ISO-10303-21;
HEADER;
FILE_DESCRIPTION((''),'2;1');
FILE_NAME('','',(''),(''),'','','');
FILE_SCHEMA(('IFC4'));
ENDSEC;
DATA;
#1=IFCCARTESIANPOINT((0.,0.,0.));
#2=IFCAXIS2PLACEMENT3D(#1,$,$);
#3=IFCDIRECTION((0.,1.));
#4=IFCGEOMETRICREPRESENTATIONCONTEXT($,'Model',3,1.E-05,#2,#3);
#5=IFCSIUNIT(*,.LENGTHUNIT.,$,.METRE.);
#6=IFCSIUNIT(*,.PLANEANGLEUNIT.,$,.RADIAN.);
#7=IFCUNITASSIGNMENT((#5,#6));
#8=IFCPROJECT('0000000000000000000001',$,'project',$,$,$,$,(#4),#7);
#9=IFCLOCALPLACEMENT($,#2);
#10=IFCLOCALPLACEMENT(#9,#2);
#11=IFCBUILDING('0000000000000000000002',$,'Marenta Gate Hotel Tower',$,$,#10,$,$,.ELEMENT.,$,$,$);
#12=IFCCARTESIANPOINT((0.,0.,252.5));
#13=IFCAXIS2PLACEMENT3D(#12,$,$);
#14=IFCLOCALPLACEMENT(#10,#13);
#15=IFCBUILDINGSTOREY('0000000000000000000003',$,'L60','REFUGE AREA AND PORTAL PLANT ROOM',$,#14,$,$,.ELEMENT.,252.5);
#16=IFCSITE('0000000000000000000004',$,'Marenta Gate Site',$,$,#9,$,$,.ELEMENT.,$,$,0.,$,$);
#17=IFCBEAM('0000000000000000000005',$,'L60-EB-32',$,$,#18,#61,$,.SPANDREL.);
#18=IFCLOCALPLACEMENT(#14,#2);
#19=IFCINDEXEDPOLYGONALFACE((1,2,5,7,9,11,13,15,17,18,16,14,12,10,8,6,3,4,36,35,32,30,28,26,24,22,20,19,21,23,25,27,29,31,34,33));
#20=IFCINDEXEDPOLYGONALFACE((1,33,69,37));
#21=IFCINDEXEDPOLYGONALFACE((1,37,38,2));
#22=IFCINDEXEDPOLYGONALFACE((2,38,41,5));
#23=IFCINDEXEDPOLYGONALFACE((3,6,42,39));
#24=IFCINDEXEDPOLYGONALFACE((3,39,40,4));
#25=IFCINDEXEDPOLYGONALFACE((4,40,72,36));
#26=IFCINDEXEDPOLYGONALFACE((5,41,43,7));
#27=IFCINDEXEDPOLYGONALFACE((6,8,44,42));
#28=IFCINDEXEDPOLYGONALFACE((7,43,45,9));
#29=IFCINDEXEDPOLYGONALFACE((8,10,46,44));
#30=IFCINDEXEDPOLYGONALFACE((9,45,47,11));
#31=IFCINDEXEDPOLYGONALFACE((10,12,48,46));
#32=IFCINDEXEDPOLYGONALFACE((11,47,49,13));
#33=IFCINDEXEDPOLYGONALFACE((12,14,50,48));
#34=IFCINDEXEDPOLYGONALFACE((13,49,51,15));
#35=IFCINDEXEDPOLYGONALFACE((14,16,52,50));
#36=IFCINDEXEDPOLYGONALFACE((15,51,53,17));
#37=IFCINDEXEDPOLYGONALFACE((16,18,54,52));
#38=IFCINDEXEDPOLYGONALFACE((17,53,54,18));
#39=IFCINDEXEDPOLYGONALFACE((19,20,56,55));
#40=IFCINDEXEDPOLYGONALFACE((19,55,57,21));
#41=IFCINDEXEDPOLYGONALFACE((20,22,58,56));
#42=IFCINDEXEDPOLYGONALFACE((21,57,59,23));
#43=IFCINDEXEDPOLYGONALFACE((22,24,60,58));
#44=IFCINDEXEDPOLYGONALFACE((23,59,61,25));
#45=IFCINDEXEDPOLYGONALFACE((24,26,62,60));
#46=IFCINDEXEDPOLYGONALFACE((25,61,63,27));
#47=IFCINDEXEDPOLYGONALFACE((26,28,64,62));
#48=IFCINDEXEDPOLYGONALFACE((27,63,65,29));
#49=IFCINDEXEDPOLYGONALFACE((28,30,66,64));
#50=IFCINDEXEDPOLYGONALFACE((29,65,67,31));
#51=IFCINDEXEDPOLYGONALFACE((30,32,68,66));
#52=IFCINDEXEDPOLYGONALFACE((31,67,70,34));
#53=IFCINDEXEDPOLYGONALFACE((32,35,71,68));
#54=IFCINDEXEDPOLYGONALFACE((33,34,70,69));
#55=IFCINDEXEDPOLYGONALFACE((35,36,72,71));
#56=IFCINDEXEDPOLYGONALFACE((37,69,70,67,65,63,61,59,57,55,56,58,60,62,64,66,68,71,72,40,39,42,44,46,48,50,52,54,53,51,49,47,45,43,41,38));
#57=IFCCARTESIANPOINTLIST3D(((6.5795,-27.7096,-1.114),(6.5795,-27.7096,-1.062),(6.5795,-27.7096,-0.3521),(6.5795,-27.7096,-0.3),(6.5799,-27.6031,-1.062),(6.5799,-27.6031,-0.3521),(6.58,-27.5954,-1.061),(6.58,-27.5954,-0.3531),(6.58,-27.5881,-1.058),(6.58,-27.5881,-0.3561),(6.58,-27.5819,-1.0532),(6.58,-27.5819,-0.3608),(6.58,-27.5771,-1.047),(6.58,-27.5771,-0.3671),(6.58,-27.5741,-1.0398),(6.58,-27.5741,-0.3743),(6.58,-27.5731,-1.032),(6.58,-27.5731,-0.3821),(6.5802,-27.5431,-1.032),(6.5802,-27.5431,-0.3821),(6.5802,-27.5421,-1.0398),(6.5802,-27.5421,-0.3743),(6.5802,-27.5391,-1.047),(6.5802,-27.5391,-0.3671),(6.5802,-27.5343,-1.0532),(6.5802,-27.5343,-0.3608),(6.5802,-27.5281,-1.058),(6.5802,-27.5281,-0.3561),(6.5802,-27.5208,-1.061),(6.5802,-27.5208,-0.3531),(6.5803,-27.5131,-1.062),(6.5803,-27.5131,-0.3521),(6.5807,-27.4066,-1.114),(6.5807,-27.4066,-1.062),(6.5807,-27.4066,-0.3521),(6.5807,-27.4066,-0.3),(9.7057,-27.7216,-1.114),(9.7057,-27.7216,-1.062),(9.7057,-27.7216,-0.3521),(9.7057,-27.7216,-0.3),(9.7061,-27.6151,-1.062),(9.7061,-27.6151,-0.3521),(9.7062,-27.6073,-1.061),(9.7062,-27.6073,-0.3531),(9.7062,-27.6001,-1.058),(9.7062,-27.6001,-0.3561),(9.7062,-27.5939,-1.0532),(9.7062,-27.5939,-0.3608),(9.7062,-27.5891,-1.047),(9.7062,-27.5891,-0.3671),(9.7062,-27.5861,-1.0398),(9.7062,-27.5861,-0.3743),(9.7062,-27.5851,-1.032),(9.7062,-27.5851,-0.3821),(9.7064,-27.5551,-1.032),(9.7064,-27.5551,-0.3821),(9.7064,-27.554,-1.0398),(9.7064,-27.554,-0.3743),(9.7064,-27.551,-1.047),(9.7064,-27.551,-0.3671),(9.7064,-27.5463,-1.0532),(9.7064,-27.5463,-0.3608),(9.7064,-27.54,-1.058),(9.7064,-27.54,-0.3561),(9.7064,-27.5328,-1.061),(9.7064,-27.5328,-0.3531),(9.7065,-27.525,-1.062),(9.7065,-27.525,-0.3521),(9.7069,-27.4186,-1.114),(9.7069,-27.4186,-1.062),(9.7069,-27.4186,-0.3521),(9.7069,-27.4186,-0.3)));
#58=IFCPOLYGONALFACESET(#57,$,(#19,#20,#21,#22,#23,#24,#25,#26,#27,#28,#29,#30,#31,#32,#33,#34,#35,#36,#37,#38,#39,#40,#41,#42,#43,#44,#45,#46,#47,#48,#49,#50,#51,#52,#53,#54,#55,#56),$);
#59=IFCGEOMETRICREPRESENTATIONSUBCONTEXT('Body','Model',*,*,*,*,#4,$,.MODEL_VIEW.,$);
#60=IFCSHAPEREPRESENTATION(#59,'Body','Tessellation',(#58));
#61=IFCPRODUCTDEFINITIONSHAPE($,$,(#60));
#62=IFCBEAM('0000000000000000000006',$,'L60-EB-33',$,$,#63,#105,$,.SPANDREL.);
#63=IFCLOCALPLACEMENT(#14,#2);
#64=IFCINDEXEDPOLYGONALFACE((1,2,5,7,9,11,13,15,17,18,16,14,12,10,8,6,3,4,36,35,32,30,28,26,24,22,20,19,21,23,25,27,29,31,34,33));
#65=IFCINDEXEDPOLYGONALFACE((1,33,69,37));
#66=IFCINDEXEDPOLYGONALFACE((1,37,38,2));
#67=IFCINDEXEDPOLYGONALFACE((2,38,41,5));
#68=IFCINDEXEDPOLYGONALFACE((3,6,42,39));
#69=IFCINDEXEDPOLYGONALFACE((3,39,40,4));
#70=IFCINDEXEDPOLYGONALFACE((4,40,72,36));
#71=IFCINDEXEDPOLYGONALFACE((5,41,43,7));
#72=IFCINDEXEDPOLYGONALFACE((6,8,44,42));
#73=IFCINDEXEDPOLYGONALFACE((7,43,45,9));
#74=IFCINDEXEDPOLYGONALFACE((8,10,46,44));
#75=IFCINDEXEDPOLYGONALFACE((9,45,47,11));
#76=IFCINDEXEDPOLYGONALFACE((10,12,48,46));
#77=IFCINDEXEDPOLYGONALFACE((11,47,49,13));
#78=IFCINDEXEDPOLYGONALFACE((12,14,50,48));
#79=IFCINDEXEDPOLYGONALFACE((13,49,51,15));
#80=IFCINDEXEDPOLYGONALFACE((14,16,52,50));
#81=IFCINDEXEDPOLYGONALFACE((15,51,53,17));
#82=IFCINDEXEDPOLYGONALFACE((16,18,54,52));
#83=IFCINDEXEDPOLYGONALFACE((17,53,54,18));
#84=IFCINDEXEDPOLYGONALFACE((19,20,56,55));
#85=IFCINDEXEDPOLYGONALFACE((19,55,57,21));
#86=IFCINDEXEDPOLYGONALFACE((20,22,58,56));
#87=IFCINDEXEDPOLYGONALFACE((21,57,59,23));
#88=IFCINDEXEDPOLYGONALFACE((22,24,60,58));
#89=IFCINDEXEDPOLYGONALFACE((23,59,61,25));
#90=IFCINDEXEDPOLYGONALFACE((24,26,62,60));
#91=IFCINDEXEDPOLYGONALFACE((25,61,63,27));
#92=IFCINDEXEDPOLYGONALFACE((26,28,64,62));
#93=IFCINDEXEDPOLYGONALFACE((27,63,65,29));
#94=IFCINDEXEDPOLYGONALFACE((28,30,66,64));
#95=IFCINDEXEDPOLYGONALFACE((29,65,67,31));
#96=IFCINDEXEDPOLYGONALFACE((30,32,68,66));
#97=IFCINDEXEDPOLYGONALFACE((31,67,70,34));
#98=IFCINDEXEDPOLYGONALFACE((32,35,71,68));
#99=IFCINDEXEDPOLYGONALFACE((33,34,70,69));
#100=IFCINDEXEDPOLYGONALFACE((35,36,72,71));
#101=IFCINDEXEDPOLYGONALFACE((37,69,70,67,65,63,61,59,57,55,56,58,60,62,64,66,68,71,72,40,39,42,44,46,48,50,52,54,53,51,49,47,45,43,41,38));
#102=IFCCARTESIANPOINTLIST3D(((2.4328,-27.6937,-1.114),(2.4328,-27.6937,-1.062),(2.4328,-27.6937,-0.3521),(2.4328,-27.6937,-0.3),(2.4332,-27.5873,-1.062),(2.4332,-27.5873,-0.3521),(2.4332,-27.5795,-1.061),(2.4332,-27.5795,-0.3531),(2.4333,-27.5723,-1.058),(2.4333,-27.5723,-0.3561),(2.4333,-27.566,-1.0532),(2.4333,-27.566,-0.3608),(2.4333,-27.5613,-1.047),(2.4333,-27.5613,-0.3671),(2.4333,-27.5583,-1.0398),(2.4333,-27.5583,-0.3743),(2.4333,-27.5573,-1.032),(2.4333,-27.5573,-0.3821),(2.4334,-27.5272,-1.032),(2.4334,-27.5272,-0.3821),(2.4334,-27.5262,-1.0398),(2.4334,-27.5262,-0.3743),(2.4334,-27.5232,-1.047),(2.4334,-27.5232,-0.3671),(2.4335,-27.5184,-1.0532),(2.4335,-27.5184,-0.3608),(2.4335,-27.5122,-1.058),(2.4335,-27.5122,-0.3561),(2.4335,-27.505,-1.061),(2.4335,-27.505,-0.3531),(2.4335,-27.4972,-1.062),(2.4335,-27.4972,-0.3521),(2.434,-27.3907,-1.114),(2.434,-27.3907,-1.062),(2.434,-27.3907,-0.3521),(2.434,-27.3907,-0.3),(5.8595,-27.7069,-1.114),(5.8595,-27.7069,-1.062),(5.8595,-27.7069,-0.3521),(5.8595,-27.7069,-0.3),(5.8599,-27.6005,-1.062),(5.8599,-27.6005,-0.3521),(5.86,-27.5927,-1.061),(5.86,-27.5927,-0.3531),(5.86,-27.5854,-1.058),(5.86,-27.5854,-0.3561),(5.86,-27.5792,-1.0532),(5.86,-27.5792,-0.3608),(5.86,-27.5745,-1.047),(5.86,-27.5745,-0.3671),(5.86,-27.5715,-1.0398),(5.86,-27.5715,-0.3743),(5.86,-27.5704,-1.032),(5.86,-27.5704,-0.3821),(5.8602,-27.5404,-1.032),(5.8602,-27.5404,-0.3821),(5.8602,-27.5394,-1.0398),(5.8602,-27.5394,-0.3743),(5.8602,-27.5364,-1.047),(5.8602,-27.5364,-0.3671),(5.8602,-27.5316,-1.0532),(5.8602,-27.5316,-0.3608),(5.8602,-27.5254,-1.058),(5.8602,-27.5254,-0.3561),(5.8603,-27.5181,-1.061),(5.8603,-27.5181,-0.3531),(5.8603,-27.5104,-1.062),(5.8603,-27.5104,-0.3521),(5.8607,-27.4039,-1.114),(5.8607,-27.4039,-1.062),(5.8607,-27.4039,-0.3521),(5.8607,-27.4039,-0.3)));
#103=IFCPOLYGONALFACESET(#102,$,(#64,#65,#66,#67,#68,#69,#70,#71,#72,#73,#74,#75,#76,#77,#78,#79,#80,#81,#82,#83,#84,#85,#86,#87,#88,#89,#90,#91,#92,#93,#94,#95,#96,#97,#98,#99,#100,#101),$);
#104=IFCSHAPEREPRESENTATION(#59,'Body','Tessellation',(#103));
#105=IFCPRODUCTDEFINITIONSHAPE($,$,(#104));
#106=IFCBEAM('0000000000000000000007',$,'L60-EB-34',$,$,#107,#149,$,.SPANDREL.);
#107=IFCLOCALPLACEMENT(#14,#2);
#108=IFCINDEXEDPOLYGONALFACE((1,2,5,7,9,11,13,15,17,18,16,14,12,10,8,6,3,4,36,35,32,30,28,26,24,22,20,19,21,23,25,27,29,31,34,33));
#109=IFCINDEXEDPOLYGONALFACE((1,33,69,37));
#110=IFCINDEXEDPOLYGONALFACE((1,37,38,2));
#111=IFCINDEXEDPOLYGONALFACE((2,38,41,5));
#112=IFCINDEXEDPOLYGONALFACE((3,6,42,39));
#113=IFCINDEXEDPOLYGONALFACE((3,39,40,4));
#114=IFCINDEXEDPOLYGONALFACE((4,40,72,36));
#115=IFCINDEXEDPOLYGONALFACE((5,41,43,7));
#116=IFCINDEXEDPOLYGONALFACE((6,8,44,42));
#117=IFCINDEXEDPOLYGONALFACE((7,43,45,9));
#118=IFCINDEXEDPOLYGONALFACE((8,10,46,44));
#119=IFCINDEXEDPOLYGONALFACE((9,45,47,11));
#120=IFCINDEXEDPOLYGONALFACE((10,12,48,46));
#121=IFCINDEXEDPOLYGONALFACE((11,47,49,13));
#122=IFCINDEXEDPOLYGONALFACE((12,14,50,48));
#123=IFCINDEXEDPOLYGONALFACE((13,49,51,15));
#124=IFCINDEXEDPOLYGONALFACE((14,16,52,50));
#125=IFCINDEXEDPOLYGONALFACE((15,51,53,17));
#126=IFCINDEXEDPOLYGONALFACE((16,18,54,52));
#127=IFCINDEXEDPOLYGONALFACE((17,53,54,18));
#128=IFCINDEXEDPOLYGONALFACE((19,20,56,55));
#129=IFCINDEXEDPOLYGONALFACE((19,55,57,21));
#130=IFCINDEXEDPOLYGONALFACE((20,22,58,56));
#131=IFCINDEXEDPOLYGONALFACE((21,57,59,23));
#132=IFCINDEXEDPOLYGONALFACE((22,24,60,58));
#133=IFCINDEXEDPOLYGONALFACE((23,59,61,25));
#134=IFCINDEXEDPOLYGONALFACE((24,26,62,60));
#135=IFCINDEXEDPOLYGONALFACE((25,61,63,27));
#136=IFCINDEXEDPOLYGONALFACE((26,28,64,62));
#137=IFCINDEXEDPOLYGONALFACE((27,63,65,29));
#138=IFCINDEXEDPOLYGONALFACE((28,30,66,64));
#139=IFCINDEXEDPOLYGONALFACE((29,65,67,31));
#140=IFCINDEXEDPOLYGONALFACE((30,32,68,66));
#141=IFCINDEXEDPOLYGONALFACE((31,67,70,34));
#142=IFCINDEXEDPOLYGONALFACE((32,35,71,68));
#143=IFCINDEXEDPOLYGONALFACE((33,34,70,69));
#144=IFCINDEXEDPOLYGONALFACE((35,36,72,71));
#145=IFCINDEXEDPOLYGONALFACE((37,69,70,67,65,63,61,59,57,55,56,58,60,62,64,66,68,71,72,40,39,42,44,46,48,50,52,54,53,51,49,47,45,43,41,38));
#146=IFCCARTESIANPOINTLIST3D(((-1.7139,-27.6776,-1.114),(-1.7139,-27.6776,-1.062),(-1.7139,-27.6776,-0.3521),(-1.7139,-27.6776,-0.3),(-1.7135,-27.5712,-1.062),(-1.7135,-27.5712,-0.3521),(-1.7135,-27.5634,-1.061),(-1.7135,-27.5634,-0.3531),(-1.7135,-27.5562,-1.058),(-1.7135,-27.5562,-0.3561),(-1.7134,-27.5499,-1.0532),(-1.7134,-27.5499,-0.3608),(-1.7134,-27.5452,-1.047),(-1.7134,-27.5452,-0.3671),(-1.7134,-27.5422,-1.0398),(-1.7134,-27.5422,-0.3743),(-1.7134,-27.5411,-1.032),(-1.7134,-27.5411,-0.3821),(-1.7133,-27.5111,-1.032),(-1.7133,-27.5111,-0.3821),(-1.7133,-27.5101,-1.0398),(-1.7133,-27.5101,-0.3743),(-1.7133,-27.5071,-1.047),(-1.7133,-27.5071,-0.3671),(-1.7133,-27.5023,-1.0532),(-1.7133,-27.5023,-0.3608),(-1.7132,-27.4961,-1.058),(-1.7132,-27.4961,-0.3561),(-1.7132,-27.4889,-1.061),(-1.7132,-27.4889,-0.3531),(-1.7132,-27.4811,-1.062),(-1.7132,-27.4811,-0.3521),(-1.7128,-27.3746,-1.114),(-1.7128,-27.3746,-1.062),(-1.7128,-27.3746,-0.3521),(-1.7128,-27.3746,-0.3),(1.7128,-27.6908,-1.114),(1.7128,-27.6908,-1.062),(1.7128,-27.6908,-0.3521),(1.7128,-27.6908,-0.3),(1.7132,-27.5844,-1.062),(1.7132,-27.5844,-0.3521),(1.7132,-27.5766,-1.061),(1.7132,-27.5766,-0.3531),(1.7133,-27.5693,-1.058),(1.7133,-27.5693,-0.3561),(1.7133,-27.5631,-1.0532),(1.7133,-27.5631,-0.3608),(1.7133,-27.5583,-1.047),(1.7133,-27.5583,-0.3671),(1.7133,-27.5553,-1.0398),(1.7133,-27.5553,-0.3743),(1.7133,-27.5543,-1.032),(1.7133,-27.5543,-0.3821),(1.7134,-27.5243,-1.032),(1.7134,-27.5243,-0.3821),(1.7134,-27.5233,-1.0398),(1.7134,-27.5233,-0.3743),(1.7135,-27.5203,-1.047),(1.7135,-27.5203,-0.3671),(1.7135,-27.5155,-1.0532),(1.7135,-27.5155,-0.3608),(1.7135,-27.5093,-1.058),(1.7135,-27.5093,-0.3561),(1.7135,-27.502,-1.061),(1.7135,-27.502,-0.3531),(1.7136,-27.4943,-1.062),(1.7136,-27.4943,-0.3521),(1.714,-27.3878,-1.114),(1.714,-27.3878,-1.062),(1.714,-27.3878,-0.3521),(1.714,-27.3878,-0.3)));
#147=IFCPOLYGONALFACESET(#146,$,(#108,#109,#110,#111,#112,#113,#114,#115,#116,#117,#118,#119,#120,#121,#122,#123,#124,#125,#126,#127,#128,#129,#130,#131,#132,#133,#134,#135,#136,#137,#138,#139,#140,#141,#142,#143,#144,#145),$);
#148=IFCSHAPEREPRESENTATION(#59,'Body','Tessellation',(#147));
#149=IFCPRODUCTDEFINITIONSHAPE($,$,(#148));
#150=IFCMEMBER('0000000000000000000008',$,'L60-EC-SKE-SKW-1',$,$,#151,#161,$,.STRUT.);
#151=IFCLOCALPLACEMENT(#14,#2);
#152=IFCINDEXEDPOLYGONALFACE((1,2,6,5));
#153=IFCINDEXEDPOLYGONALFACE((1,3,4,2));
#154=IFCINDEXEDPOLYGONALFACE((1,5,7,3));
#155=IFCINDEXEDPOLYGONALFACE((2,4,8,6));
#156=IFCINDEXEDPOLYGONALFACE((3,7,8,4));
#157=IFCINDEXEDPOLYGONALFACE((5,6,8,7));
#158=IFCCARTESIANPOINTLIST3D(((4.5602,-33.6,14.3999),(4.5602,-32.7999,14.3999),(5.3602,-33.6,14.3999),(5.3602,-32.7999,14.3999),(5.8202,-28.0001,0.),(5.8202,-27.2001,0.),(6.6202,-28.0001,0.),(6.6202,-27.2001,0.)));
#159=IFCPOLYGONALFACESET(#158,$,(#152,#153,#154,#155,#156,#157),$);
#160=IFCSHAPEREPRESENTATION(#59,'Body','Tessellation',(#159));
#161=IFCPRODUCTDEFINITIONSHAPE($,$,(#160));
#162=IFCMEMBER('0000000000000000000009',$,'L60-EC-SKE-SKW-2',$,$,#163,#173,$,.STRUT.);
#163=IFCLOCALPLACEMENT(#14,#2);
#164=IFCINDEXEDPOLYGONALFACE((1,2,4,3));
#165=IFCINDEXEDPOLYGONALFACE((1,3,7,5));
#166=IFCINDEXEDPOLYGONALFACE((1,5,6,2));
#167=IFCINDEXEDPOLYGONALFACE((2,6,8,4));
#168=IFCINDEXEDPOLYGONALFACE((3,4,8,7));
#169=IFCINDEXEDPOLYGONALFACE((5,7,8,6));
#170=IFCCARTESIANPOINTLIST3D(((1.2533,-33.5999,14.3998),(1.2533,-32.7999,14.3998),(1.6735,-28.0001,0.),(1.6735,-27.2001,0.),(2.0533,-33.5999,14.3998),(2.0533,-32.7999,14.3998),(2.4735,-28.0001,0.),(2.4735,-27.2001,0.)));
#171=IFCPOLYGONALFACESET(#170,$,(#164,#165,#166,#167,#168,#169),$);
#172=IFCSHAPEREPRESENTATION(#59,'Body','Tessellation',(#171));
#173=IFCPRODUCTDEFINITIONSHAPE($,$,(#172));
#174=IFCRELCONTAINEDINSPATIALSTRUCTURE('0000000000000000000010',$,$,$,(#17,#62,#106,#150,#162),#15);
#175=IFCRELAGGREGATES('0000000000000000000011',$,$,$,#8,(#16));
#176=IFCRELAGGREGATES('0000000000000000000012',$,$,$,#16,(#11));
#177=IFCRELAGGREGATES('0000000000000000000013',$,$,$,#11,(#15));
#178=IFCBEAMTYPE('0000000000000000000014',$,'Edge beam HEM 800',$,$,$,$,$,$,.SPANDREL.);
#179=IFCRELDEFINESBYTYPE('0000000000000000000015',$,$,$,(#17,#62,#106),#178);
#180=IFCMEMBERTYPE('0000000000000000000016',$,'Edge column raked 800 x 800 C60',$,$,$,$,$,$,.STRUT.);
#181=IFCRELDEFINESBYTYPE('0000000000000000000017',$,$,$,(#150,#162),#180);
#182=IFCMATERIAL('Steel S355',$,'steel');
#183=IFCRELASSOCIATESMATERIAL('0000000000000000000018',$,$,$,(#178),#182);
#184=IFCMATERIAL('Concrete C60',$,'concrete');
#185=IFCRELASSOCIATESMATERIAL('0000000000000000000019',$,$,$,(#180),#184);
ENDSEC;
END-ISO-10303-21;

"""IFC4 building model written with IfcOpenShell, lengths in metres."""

from ifc_helpers import new_model, si_unit, direction, frame, origin, origin_2d, place, context, subcontext, project, spatial, rectangle, i_section, extrude, material, material_profile, profile_set, type_object, element, save


model = new_model("IFC4")

# Units and contexts
model_context = context("Model", 3, precision=1e-05, world=origin(), true_north=direction((0.0, 1.0)))
body_context = subcontext(model_context, "Body", "Model", "MODEL_VIEW")
ifc_project = project(units=[si_unit("LENGTHUNIT", "METRE"), si_unit("PLANEANGLEUNIT", "RADIAN")], contexts=[model_context])

# Site, building, storey
site_placement = place(None, origin())
site = spatial("IfcSite", under=ifc_project, at=site_placement, Name="Marenta Gate Site", CompositionType="ELEMENT", RefElevation=0.0)
building_placement = place(site_placement, origin())
building = spatial("IfcBuilding", under=site, at=building_placement, Name="Marenta Gate Hotel Tower", CompositionType="ELEMENT")
storey_placement = place(building_placement, frame((0.0, 0.0, 252.5)))
storey = spatial("IfcBuildingStorey", under=building, at=storey_placement, Name="L60", Description="REFUGE AREA AND PORTAL PLANT ROOM", CompositionType="ELEMENT", Elevation=252.5)

# Beams
ifc_material_1 = material(Name="Steel S355", Category="steel")
ifc_material_profile_1 = material_profile(ifc_material_1, i_section(OverallWidth=0.303, OverallDepth=0.814, WebThickness=0.03, FlangeThickness=0.052, FilletRadius=0.03, at=origin_2d()), Name="HEM 800")
ifc_profile_set_1 = profile_set([ifc_material_profile_1], Name="Steel S355")
beam_type_1 = type_object("IfcBeamType", Name="Edge beam HEM 800", PredefinedType="SPANDREL", material=ifc_profile_set_1)
beam_1_placement = place(storey_placement, frame((9.7063, -27.5701, -0.707), z_axis=(-0.999993, 0.003827, 0.0), x_axis=(-0.003827, -0.999993, 0.0)))
element("IfcBeam", 1, at=beam_1_placement, inside=storey, type_object=beam_type_1, Name="L60-EB-32", PredefinedType="SPANDREL", context=body_context, shape_type="SweptSolid", body=[
    extrude(i_section(OverallWidth=0.303, OverallDepth=0.814, WebThickness=0.03, FlangeThickness=0.052, FilletRadius=0.03, at=origin_2d()), origin(), (0.0, 0.0, 1.0), 3.1262),
])
for number, where, z_axis, x_axis, name in (
    (2, (5.8601, -27.5554, -0.707), (-0.999993, 0.003847, 0.0), (-0.003847, -0.999993, 0.0), "L60-EB-33"),
    (3, (1.7134, -27.5393, -0.707), (-0.999993, 0.003847, 0.0), (-0.003847, -0.999993, 0.0), "L60-EB-34"),
):
    element("IfcBeam", number, at=place(storey_placement, frame(where, z_axis=z_axis, x_axis=x_axis)), inside=storey, type_object=beam_type_1, Name=name, PredefinedType="SPANDREL", context=body_context, shape_type="SweptSolid", body=[
        extrude(i_section(OverallWidth=0.303, OverallDepth=0.814, WebThickness=0.03, FlangeThickness=0.052, FilletRadius=0.03, at=origin_2d()), origin(), (0.0, 0.0, 1.0), 3.4268),
    ])

# Members
ifc_material_2 = material(Name="Concrete C60", Category="concrete")
ifc_material_profile_2 = material_profile(ifc_material_2, rectangle(XDim=0.8, YDim=0.8, at=origin_2d()), Name="800 x 800")
ifc_profile_set_2 = profile_set([ifc_material_profile_2], Name="Concrete C60")
member_type_1 = type_object("IfcMemberType", Name="Edge column raked 800 x 800 C60", PredefinedType="STRUT", material=ifc_profile_set_2)
member_1_placement = place(storey_placement, frame((6.2202, -27.6001, 0.0), z_axis=(0.0, 0.0, 1.0), x_axis=(1.0, 0.0, 0.0)))
element("IfcMember", 4, at=member_1_placement, inside=storey, type_object=member_type_1, Name="L60-EC-SKE-SKW-1", PredefinedType="STRUT", context=body_context, shape_type="SweptSolid", body=[
    extrude(rectangle(XDim=0.8, YDim=0.8, at=origin_2d()), origin(), (-0.081282, -0.361241, 0.928923), 15.5017),
])
member_2_placement = place(storey_placement, frame((2.0735, -27.6001, 0.0), z_axis=(0.0, 0.0, 1.0), x_axis=(1.0, 0.0, 0.0)))
element("IfcMember", 5, at=member_2_placement, inside=storey, type_object=member_type_1, Name="L60-EC-SKE-SKW-2", PredefinedType="STRUT", context=body_context, shape_type="SweptSolid", body=[
    extrude(rectangle(XDim=0.8, YDim=0.8, at=origin_2d()), origin(), (-0.027184, -0.362306, 0.931663), 15.4561),
])

save(model, "model.ifc")
